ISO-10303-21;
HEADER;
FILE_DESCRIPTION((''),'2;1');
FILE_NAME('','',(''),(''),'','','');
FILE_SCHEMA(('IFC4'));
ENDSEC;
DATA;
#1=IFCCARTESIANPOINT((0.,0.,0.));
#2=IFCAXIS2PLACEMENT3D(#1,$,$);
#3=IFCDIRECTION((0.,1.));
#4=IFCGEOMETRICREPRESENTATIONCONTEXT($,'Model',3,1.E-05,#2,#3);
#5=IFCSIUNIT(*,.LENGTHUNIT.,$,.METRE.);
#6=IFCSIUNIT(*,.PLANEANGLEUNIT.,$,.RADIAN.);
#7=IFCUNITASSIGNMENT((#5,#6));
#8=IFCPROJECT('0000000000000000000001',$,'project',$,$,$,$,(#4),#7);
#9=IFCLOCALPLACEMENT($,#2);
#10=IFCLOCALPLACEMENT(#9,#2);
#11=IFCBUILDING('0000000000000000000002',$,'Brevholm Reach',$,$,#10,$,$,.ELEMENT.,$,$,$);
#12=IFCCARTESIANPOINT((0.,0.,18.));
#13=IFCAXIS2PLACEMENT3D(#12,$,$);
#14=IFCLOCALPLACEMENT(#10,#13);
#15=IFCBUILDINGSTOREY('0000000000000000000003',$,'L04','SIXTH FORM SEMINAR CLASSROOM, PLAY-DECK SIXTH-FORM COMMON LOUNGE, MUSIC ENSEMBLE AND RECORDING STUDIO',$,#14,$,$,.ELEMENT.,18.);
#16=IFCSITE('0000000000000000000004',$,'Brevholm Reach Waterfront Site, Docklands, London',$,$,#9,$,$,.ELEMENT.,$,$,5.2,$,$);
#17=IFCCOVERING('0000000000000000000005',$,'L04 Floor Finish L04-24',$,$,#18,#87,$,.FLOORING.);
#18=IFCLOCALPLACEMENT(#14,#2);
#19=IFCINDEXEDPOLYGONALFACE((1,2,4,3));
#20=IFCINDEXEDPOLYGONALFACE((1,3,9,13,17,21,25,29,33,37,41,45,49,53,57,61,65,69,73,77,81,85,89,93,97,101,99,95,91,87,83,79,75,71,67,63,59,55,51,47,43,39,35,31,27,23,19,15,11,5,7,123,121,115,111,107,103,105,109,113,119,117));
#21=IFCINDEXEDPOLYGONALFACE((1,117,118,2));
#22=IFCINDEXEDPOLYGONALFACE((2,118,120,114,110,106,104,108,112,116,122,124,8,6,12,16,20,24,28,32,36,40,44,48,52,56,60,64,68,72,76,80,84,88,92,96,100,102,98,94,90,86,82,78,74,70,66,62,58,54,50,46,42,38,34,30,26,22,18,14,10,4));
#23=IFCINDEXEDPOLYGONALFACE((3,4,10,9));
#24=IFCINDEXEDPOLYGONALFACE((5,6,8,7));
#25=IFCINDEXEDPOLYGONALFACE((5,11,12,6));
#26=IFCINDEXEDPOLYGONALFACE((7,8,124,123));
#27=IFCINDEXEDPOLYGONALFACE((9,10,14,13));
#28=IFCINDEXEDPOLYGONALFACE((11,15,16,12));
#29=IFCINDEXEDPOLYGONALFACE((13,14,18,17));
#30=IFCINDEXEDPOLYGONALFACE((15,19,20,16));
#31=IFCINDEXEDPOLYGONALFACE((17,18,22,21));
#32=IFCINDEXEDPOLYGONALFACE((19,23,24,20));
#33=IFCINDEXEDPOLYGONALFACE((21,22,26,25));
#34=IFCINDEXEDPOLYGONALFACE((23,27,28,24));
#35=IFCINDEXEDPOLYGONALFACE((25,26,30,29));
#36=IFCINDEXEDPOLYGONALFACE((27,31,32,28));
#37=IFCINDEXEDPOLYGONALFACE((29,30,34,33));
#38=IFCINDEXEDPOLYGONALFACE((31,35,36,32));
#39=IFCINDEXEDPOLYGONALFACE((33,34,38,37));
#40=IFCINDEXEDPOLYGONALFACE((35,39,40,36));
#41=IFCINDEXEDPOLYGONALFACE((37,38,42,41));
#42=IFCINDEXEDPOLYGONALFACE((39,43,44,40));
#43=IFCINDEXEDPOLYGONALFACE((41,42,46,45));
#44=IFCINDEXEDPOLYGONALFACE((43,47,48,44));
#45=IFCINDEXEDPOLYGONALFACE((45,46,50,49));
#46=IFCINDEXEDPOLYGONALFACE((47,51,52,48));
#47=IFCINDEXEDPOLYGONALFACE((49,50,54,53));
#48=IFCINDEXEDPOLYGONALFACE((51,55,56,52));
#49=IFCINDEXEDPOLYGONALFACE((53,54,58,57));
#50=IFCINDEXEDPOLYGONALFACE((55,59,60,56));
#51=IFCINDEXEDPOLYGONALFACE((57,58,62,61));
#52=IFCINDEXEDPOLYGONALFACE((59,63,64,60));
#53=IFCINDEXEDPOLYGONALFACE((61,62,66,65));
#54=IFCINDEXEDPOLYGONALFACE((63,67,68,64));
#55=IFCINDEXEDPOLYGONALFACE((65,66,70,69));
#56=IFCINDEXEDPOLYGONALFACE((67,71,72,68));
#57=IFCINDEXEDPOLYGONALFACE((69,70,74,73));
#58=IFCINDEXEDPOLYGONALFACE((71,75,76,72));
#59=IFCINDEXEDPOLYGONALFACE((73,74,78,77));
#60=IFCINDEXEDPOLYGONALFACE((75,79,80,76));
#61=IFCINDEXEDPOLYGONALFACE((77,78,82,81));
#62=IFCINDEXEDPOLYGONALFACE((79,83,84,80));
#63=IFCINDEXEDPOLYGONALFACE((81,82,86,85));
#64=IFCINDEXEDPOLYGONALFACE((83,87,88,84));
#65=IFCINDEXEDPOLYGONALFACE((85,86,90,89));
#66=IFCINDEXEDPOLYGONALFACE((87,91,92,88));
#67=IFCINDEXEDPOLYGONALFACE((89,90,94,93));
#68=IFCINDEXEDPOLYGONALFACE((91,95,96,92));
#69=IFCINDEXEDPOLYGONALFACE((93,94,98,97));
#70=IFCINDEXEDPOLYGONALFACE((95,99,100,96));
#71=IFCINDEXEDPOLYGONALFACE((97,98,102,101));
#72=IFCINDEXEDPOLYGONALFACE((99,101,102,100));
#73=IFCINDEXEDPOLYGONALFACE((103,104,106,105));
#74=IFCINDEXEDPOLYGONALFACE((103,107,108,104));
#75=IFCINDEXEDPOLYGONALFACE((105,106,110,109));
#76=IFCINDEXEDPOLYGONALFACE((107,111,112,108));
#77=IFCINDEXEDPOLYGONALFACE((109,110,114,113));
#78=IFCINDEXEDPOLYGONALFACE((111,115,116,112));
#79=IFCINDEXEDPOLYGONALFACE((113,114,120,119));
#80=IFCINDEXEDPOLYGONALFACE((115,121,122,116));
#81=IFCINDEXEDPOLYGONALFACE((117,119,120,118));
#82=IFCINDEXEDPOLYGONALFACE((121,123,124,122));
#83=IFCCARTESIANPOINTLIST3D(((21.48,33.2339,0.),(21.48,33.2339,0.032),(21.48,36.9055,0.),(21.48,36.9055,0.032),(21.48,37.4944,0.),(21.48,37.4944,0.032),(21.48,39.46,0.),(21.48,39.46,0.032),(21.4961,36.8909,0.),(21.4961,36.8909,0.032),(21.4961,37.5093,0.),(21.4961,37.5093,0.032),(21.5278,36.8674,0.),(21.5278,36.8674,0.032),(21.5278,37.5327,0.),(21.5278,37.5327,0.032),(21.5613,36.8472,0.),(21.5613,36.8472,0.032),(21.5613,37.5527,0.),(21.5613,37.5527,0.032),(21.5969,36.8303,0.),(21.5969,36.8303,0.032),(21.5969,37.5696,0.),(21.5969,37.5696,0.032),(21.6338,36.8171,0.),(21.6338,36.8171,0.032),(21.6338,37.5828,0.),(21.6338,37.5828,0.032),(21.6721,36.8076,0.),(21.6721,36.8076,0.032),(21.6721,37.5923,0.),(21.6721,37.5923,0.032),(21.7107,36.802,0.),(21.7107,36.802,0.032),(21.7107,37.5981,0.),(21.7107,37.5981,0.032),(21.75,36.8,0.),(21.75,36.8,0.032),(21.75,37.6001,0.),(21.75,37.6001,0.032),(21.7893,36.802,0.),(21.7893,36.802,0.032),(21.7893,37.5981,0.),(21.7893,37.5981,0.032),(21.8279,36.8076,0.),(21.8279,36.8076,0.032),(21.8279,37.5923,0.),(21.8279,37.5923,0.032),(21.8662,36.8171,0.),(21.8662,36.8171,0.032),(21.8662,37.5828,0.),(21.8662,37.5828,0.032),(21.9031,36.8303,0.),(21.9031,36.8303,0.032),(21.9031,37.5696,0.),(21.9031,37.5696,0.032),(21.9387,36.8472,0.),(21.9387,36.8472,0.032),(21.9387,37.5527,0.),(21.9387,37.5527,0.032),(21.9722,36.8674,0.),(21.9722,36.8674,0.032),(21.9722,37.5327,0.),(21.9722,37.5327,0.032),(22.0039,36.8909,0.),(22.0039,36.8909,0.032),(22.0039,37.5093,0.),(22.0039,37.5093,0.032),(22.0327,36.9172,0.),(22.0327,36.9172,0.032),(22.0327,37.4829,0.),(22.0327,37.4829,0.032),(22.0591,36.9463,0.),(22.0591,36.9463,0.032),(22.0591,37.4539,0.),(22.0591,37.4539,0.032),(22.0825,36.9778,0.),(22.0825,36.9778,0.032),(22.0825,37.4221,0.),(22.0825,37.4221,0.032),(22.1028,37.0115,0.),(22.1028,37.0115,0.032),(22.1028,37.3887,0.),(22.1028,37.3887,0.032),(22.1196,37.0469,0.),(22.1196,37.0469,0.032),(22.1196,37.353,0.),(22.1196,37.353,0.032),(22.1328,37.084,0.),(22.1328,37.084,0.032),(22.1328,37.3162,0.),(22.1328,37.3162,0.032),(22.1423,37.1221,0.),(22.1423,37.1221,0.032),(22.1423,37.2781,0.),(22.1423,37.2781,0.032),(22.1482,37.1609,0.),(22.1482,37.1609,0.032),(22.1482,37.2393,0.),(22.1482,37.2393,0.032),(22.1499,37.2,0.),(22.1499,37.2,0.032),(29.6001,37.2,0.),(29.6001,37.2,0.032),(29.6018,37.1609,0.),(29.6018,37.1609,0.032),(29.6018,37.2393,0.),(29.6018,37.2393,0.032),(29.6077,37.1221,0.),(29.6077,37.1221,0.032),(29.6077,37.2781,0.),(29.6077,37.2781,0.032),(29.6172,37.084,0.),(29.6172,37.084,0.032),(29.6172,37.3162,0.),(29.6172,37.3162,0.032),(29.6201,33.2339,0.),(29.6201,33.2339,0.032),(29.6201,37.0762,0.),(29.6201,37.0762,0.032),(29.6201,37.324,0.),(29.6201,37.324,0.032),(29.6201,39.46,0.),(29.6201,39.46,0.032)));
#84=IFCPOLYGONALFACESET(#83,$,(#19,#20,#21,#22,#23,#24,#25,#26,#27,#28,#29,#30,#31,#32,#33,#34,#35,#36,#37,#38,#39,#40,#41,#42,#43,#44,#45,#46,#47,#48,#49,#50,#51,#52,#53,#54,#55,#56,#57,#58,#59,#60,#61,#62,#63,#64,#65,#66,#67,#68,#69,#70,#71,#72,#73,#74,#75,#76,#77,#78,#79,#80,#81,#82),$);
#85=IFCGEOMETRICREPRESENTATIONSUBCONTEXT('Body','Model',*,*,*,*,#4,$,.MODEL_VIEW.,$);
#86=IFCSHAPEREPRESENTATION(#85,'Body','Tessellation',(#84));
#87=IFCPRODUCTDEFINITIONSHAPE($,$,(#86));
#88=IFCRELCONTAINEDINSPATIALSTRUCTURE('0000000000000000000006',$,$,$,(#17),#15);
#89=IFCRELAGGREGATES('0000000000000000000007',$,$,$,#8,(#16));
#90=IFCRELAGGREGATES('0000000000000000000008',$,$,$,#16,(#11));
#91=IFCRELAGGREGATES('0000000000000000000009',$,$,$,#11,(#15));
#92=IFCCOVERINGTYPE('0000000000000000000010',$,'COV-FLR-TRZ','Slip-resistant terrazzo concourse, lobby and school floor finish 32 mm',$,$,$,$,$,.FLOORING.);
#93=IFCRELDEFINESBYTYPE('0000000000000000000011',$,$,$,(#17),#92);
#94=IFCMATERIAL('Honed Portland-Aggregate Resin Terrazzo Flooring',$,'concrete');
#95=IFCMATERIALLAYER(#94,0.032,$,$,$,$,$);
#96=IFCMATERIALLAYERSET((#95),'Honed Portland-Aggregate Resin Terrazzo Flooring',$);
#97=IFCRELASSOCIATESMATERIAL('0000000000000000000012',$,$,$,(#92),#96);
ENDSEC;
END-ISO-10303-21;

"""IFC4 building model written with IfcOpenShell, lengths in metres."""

from ifc_helpers import new_model, si_unit, direction, frame, origin, place, context, subcontext, project, spatial, polyline, outline, extrude, material, layer, layer_set, type_object, element, save


model = new_model("IFC4")

# Units and contexts
model_context = context("Model", 3, precision=1e-05, world=origin(), true_north=direction((0.0, 1.0)))
body_context = subcontext(model_context, "Body", "Model", "MODEL_VIEW")
ifc_project = project(units=[si_unit("LENGTHUNIT", "METRE"), si_unit("PLANEANGLEUNIT", "RADIAN")], contexts=[model_context])

# Site, building, storey
site_placement = place(None, origin())
site = spatial("IfcSite", under=ifc_project, at=site_placement, Name="Brevholm Reach Waterfront Site, Docklands, London", CompositionType="ELEMENT", RefElevation=5.2)
building_placement = place(site_placement, origin())
building = spatial("IfcBuilding", under=site, at=building_placement, Name="Brevholm Reach", CompositionType="ELEMENT")
storey_placement = place(building_placement, frame((0.0, 0.0, 18.0)))
storey = spatial("IfcBuildingStorey", under=building, at=storey_placement, Name="L04", Description="SIXTH FORM SEMINAR CLASSROOM, PLAY-DECK SIXTH-FORM COMMON LOUNGE, MUSIC ENSEMBLE AND RECORDING STUDIO", CompositionType="ELEMENT", Elevation=18.0)

# Covering
ifc_material_1 = material(Name="Honed Portland-Aggregate Resin Terrazzo Flooring", Category="concrete")
ifc_layer_1 = layer(ifc_material_1, 0.032)
ifc_layer_set_1 = layer_set([ifc_layer_1], Name="Honed Portland-Aggregate Resin Terrazzo Flooring")
covering_type_1 = type_object("IfcCoveringType", Name="COV-FLR-TRZ", Description="Slip-resistant terrazzo concourse, lobby and school floor finish 32 mm", PredefinedType="FLOORING", material=ifc_layer_set_1)
covering_1_placement = place(storey_placement, origin())
element("IfcCovering", 1, at=covering_1_placement, inside=storey, type_object=covering_type_1, Name="L04 Floor Finish L04-24", PredefinedType="FLOORING", context=body_context, shape_type="SweptSolid", body=[
    extrude(outline(polyline([(21.48, 36.9055), (21.4961, 36.8909), (21.5278, 36.8674), (21.5613, 36.8472), (21.5969, 36.8303), (21.6338, 36.8171), (21.6721, 36.8076), (21.7107, 36.802), (21.75, 36.8), (21.7893, 36.802), (21.8279, 36.8076), (21.8662, 36.8171), (21.9031, 36.8303), (21.9387, 36.8472), (21.9722, 36.8674), (22.0039, 36.8909), (22.0327, 36.9172), (22.0591, 36.9463), (22.0825, 36.9778), (22.1028, 37.0115), (22.1196, 37.0469), (22.1328, 37.084), (22.1423, 37.1221), (22.1482, 37.1609), (22.1499, 37.2), (22.1482, 37.2393), (22.1423, 37.2781), (22.1328, 37.3162), (22.1196, 37.353), (22.1028, 37.3887), (22.0825, 37.4221), (22.0591, 37.4539), (22.0327, 37.4829), (22.0039, 37.5093), (21.9722, 37.5327), (21.9387, 37.5527), (21.9031, 37.5696), (21.8662, 37.5828), (21.8279, 37.5923), (21.7893, 37.5981), (21.75, 37.6001), (21.7107, 37.5981), (21.6721, 37.5923), (21.6338, 37.5828), (21.5969, 37.5696), (21.5613, 37.5527), (21.5278, 37.5327), (21.4961, 37.5093), (21.48, 37.4944), (21.48, 39.46), (29.6201, 39.46), (29.6201, 37.324), (29.6172, 37.3162), (29.6077, 37.2781), (29.6018, 37.2393), (29.6001, 37.2), (29.6018, 37.1609), (29.6077, 37.1221), (29.6172, 37.084), (29.6201, 37.0762), (29.6201, 33.2339), (21.48, 33.2339), (21.48, 36.9055)])), origin(), (0.0, 0.0, 1.0), 0.032),
])

save(model, "model.ifc")
